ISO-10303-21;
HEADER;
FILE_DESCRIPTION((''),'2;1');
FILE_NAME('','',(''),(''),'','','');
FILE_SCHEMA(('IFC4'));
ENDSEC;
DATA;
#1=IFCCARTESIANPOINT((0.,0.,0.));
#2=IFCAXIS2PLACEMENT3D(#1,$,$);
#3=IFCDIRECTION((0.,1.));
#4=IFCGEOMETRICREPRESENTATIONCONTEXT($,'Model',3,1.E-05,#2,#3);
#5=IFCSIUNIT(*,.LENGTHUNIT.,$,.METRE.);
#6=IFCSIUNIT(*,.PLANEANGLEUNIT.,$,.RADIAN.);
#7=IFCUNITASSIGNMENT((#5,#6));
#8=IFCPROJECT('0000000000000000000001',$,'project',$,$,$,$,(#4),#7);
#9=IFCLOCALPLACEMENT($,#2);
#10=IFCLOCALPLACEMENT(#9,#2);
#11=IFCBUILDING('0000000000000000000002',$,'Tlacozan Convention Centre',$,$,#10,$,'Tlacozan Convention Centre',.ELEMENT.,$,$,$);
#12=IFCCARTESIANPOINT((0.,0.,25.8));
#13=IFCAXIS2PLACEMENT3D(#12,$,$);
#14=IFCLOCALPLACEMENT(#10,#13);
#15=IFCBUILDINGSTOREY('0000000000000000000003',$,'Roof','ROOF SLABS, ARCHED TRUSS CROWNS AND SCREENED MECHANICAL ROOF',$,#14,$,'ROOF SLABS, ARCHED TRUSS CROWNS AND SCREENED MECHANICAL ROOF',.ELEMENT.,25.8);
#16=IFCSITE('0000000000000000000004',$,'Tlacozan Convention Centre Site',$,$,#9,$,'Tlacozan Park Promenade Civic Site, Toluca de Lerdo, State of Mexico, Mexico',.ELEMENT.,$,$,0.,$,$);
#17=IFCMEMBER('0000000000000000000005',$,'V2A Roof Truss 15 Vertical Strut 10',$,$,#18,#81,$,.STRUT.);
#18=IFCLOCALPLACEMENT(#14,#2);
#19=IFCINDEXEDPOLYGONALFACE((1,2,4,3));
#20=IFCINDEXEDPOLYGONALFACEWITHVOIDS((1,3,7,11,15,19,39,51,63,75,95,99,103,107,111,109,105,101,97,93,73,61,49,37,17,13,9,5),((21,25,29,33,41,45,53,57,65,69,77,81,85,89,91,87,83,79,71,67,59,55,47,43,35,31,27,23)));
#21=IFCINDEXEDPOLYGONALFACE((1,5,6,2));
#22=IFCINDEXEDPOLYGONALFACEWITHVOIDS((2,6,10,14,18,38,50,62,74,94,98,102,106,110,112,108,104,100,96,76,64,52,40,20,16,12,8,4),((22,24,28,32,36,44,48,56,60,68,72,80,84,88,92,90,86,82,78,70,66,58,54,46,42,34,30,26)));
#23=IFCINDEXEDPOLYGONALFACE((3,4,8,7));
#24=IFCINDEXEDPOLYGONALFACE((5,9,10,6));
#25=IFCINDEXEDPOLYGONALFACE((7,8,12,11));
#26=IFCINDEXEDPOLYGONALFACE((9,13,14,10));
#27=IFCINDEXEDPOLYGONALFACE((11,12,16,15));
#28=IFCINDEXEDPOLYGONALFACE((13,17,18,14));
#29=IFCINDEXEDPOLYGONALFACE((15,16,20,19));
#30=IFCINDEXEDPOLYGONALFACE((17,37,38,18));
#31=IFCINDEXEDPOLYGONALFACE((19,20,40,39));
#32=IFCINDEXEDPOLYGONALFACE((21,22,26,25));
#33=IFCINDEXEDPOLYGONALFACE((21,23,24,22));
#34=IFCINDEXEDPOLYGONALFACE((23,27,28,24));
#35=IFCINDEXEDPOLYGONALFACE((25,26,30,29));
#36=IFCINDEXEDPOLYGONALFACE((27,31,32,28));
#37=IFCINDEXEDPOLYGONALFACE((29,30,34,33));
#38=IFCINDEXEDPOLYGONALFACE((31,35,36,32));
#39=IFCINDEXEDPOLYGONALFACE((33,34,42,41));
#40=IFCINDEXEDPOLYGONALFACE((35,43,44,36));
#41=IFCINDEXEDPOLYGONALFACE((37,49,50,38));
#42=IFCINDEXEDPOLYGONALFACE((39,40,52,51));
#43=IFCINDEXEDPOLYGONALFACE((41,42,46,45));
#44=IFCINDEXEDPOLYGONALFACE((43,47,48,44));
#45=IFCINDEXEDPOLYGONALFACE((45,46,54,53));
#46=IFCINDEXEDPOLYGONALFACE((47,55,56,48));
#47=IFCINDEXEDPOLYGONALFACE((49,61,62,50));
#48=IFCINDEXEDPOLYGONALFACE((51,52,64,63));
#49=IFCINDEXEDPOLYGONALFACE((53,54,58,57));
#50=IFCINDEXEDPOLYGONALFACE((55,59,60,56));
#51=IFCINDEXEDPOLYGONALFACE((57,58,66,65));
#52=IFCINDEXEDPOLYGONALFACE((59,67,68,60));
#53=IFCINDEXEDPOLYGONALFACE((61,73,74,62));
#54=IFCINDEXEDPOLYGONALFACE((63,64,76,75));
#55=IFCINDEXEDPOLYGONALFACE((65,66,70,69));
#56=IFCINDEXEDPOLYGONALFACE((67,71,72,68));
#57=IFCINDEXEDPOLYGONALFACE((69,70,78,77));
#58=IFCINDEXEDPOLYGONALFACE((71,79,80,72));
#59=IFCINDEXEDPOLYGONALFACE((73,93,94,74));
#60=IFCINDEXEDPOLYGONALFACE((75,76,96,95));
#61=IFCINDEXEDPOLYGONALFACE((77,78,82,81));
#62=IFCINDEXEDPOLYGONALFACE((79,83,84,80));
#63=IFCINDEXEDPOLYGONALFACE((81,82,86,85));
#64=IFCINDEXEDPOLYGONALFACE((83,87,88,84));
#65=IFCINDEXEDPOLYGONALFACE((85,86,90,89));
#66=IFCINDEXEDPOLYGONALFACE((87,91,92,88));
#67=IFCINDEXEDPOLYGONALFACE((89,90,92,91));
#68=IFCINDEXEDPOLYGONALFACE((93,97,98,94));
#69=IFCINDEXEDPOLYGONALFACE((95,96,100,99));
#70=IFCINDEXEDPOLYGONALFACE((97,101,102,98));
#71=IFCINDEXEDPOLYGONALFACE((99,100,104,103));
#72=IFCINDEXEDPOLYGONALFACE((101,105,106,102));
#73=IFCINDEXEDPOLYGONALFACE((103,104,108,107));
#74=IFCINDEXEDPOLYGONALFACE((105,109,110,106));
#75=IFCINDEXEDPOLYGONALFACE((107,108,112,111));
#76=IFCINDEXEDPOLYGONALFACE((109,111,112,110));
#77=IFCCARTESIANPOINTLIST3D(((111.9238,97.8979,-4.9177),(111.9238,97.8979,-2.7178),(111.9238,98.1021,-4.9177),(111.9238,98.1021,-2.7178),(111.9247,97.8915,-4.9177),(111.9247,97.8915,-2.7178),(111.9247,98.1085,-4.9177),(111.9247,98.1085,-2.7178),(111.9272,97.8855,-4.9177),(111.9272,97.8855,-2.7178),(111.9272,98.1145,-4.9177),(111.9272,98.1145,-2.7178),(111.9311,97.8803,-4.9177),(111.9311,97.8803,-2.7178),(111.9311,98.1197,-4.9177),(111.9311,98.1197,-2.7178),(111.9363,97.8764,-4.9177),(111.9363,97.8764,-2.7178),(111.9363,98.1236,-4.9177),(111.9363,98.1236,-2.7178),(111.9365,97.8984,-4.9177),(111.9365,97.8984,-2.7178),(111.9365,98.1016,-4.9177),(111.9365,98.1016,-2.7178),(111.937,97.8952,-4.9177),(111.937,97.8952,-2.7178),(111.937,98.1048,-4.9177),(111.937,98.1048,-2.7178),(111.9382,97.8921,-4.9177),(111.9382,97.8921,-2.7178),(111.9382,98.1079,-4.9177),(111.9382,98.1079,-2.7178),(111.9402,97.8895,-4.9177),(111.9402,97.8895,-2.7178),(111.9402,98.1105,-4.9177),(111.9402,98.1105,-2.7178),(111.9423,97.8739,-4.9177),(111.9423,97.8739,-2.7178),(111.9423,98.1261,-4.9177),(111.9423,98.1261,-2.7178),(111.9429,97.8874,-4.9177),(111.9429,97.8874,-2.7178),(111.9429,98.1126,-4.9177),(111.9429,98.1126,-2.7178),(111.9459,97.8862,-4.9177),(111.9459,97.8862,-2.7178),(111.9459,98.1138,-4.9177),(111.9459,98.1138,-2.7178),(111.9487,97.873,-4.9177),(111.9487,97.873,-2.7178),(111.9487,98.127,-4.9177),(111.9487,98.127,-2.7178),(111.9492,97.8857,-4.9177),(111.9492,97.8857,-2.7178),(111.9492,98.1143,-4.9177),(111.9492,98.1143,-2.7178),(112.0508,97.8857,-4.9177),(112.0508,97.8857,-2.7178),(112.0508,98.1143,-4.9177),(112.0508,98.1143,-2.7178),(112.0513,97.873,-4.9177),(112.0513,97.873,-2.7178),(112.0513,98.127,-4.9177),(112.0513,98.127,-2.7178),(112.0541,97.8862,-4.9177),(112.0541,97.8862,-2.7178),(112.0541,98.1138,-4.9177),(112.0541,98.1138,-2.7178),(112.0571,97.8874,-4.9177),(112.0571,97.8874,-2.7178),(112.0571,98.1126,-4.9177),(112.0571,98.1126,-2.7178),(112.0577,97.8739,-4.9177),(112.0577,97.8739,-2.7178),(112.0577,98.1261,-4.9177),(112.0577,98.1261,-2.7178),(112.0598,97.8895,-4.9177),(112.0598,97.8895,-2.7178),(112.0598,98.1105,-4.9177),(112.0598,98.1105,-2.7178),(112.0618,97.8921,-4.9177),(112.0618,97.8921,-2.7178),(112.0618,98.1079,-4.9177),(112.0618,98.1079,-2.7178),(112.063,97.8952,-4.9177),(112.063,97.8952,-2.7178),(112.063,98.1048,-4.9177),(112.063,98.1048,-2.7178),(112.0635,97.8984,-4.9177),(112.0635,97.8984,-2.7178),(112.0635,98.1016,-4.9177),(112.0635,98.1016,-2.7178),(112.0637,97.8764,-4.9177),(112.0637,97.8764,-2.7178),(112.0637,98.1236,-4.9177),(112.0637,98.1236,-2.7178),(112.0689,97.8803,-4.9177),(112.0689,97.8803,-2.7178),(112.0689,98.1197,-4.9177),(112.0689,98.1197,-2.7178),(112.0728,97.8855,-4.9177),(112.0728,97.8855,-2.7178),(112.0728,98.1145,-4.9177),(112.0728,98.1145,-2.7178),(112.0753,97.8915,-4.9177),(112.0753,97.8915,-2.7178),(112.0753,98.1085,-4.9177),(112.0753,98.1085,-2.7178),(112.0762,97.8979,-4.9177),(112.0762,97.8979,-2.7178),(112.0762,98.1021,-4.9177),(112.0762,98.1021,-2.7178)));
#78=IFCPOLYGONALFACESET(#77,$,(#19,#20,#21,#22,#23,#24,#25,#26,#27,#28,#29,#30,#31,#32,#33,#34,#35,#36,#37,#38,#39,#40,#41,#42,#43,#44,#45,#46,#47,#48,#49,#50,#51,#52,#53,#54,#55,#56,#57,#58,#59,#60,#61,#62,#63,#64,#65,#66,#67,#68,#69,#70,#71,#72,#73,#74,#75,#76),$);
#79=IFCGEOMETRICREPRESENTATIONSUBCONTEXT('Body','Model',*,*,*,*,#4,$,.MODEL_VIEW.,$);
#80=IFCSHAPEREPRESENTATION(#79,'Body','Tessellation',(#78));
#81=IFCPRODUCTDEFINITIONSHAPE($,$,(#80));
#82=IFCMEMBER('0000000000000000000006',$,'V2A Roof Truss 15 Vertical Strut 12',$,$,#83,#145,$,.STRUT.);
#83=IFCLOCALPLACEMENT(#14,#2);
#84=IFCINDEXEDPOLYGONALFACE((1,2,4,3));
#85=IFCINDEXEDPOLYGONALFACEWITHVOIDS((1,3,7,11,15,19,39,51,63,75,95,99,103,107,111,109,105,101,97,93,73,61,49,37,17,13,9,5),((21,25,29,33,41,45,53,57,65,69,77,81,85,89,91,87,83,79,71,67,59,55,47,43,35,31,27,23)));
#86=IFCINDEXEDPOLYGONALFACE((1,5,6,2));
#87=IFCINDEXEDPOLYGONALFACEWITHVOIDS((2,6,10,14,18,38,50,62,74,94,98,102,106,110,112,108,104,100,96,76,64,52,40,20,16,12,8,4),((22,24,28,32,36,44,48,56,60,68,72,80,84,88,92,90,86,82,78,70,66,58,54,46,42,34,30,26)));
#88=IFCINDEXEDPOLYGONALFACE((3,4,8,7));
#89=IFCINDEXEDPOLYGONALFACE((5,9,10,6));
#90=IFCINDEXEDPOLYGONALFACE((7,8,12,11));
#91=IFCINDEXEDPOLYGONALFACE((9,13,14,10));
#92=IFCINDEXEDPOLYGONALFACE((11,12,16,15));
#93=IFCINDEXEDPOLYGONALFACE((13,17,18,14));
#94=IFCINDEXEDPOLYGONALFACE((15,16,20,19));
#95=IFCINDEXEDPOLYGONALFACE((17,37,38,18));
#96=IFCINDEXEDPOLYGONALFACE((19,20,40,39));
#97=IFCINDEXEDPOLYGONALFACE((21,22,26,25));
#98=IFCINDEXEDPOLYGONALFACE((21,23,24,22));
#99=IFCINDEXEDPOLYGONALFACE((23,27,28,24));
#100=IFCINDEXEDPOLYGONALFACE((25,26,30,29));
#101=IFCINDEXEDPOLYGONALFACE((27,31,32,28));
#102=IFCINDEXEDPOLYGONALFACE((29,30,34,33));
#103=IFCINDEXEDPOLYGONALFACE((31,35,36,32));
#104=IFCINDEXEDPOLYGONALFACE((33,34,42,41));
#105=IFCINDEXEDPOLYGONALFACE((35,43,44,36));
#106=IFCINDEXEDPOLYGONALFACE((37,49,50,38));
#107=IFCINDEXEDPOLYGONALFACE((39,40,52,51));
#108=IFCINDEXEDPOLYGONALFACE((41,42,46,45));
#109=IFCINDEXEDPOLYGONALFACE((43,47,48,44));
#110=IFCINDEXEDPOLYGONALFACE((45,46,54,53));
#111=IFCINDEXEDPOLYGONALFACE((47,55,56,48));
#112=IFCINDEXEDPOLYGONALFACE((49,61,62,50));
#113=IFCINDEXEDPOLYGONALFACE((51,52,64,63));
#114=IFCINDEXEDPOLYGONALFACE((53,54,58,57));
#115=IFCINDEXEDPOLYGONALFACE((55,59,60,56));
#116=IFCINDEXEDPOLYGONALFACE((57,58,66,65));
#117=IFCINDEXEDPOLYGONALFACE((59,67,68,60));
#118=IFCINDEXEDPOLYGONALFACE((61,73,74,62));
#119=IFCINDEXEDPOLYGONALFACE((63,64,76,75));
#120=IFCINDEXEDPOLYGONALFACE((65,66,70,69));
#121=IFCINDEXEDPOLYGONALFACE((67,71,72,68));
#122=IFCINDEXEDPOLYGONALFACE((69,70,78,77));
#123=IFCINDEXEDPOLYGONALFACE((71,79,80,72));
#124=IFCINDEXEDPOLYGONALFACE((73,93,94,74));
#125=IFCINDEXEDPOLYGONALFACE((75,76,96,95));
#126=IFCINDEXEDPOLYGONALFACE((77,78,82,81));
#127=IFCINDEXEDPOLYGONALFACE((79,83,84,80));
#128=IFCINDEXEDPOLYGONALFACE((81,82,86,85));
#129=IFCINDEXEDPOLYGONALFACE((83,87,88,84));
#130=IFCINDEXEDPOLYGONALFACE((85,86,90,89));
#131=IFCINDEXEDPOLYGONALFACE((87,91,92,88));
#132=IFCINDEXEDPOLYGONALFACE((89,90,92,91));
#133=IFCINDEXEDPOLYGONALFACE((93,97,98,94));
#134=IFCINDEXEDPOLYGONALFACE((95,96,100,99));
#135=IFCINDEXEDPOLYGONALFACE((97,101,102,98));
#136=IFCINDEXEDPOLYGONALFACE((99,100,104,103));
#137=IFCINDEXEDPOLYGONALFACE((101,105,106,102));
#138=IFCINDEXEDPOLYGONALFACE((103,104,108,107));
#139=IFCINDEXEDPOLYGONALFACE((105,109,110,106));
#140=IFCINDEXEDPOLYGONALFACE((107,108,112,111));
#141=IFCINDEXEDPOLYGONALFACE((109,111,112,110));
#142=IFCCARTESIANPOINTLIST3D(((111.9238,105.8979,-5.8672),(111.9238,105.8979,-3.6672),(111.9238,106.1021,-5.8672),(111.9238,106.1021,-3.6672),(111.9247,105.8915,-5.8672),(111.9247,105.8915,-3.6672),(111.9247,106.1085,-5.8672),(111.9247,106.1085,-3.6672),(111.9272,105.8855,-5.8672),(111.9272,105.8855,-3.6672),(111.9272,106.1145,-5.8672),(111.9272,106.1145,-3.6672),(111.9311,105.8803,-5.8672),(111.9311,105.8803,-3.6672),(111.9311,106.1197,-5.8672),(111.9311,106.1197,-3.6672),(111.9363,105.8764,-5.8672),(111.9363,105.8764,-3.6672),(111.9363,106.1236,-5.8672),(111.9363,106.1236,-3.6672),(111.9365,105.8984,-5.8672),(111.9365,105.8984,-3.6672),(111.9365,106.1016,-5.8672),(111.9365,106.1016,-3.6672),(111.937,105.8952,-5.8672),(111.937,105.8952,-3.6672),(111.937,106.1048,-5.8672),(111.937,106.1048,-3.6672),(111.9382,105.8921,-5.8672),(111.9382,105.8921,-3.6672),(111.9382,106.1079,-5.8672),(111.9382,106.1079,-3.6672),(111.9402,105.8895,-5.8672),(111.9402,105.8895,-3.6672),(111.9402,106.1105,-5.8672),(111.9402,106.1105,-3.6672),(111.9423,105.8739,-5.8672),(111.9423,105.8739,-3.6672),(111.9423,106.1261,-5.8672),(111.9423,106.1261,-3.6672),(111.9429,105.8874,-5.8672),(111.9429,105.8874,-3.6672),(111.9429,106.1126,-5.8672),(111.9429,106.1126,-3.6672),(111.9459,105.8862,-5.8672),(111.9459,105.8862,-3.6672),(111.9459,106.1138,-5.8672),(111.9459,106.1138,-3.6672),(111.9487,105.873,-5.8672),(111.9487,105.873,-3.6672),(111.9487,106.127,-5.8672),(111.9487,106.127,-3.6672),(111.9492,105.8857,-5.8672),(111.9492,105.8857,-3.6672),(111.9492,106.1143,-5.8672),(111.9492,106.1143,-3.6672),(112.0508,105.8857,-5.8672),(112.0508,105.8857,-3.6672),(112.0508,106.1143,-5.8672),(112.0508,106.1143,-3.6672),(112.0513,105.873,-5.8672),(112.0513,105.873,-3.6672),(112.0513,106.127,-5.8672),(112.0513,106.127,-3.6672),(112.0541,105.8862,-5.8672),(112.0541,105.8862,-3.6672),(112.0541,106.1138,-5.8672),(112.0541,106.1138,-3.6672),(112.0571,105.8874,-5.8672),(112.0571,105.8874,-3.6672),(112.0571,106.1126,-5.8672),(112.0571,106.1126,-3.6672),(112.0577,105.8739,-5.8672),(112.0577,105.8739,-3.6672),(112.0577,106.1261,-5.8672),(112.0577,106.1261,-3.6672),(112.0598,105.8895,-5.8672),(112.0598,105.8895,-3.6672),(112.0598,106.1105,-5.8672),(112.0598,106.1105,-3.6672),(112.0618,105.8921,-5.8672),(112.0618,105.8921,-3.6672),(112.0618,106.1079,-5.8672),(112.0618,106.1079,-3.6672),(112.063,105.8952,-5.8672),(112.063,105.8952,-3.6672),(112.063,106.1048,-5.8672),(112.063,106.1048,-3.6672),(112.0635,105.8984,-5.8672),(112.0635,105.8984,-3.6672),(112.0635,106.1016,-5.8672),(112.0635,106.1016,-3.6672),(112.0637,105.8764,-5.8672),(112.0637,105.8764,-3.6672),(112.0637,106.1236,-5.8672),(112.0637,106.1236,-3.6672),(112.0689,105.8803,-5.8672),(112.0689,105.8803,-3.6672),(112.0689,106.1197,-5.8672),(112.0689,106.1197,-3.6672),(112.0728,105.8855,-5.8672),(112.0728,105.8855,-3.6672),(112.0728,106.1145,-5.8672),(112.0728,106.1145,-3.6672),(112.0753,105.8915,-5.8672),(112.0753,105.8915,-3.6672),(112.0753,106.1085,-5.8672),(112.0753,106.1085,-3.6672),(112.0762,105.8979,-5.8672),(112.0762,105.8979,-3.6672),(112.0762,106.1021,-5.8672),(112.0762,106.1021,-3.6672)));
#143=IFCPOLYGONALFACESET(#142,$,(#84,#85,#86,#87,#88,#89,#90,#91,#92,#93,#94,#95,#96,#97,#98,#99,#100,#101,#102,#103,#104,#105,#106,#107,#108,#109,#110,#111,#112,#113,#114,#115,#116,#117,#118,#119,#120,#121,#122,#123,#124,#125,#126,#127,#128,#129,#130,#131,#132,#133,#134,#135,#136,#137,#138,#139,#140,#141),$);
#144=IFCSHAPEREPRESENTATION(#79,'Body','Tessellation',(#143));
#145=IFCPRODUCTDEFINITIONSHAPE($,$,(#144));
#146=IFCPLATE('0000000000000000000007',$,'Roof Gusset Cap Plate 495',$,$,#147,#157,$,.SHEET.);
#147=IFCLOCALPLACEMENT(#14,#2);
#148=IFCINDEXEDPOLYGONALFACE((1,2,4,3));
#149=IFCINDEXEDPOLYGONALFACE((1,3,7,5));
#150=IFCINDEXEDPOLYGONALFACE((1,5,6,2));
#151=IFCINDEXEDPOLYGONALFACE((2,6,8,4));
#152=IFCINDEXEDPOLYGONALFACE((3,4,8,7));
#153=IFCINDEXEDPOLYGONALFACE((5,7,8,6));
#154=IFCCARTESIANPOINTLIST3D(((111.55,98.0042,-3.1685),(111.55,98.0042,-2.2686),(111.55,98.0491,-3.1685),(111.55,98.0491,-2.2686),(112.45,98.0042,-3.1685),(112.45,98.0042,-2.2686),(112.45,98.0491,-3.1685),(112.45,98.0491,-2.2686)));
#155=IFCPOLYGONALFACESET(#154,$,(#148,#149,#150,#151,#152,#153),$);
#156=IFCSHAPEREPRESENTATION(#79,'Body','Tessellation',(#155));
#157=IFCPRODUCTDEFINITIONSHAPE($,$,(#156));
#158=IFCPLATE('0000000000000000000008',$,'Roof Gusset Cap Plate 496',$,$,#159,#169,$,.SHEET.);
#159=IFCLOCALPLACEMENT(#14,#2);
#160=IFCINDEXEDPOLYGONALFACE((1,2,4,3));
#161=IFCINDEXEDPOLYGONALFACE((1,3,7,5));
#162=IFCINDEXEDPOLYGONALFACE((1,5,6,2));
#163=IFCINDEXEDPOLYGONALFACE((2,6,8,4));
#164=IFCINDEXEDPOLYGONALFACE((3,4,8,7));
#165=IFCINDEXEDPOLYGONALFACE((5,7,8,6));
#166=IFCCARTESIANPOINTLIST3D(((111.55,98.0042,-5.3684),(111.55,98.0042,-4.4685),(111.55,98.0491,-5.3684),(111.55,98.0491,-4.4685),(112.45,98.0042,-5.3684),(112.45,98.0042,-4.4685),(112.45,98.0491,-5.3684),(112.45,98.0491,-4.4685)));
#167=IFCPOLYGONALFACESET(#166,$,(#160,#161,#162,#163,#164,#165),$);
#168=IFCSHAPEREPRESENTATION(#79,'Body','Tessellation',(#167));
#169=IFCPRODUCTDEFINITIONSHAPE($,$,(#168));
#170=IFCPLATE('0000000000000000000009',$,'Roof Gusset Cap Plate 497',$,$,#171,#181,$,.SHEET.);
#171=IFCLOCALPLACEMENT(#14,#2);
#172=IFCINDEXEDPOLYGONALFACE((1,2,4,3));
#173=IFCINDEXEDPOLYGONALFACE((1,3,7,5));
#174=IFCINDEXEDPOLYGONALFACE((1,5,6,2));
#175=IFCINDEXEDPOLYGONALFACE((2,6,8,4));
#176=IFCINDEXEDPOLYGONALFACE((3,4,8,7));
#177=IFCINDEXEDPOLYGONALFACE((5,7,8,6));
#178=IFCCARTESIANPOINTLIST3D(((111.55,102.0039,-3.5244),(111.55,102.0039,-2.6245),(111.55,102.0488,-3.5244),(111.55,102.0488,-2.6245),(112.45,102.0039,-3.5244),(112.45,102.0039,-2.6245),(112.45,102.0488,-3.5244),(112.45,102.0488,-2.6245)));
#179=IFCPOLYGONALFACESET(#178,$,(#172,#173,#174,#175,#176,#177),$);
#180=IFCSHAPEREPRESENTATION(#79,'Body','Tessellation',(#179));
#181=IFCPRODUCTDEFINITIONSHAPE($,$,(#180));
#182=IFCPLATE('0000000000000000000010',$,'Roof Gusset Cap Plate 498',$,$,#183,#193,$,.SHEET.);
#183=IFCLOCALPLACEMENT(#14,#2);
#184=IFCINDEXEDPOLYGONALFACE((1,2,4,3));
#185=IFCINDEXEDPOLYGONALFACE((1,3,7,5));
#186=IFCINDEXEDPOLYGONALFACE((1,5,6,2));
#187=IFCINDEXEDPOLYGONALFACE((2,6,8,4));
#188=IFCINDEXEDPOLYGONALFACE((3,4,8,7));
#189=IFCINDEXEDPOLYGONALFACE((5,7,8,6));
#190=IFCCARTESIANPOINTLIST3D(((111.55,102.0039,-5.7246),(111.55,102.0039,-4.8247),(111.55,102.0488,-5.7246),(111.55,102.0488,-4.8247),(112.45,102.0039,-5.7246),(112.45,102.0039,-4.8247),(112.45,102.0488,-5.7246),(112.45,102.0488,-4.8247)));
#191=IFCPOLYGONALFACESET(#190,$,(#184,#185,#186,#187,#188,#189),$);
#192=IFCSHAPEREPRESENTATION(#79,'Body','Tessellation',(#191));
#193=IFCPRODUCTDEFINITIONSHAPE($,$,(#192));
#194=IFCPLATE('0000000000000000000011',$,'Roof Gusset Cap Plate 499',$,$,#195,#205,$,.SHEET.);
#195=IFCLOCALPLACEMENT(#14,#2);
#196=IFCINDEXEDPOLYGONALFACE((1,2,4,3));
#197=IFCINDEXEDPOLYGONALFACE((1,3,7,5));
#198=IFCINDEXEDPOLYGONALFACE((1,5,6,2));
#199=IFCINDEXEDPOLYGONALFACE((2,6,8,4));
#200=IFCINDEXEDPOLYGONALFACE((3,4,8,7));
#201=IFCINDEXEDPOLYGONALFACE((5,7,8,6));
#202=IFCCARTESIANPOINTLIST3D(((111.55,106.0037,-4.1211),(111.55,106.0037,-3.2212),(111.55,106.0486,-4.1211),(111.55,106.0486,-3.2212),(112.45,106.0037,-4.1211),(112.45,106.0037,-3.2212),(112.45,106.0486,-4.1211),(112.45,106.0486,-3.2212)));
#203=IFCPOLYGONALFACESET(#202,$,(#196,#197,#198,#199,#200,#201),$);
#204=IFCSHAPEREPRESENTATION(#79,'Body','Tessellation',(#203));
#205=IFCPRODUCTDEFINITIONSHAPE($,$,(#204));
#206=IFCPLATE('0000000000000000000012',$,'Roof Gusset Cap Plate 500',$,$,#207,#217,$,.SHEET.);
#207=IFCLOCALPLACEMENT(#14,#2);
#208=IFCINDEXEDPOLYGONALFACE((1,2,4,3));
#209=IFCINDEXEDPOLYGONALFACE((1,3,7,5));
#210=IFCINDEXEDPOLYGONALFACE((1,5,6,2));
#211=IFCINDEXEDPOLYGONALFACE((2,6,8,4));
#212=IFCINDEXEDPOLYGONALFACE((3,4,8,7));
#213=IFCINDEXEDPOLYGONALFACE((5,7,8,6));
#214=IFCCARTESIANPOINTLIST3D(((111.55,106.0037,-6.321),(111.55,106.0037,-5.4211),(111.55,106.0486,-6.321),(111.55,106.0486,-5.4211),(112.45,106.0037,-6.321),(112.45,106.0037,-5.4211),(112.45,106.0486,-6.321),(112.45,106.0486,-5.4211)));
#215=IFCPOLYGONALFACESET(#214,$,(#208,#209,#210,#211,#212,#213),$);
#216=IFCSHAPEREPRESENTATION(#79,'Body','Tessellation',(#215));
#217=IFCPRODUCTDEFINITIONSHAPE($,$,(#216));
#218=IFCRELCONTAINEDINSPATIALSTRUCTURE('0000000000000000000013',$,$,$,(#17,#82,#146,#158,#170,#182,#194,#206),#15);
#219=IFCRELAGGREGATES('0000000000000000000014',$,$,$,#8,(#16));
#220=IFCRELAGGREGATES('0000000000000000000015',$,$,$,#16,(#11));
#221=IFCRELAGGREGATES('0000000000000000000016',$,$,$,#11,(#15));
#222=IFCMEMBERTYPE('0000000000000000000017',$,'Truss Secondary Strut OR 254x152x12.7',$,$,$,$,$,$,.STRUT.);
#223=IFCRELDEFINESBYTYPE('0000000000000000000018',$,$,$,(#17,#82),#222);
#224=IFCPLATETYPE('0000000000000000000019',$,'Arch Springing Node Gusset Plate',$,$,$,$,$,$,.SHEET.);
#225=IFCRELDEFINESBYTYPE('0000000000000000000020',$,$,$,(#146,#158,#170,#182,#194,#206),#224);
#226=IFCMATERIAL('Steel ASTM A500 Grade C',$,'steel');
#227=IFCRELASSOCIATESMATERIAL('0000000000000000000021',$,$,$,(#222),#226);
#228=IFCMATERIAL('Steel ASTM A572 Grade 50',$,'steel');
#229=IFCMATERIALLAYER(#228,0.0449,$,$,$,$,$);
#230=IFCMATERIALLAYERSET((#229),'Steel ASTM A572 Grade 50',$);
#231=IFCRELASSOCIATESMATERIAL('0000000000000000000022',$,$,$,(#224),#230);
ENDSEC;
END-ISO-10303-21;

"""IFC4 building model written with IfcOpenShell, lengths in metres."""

from ifc_helpers import new_model, si_unit, direction, frame, origin, origin_2d, place, context, subcontext, project, spatial, rectangle, hollow_rectangle, extrude, material, layer, layer_set, material_profile, profile_set, type_object, element, save


model = new_model("IFC4")

# Units and contexts
model_context = context("Model", 3, precision=1e-05, world=origin(), true_north=direction((0.0, 1.0)))
body_context = subcontext(model_context, "Body", "Model", "MODEL_VIEW")
ifc_project = project(units=[si_unit("LENGTHUNIT", "METRE"), si_unit("PLANEANGLEUNIT", "RADIAN")], contexts=[model_context])

# Site, building, storey
site_placement = place(None, origin())
site = spatial("IfcSite", under=ifc_project, at=site_placement, Name="Tlacozan Convention Centre Site", LongName="Tlacozan Park Promenade Civic Site, Toluca de Lerdo, State of Mexico, Mexico", CompositionType="ELEMENT", RefElevation=0.0)
building_placement = place(site_placement, origin())
building = spatial("IfcBuilding", under=site, at=building_placement, Name="Tlacozan Convention Centre", LongName="Tlacozan Convention Centre", CompositionType="ELEMENT")
storey_placement = place(building_placement, frame((0.0, 0.0, 25.8)))
storey = spatial("IfcBuildingStorey", under=building, at=storey_placement, Name="Roof", Description="ROOF SLABS, ARCHED TRUSS CROWNS AND SCREENED MECHANICAL ROOF", LongName="ROOF SLABS, ARCHED TRUSS CROWNS AND SCREENED MECHANICAL ROOF", CompositionType="ELEMENT", Elevation=25.8)

# Members
ifc_material_1 = material(Name="Steel ASTM A500 Grade C", Category="steel")
ifc_material_profile_1 = material_profile(ifc_material_1, hollow_rectangle(XDim=0.1523, YDim=0.2539, WallThickness=0.0127, InnerFilletRadius=0.0127, OuterFilletRadius=0.0249, at=origin_2d()), Name="OR 254x152x12.7")
ifc_profile_set_1 = profile_set([ifc_material_profile_1], Name="Steel ASTM A500 Grade C")
member_type_1 = type_object("IfcMemberType", Name="Truss Secondary Strut OR 254x152x12.7", PredefinedType="STRUT", material=ifc_profile_set_1)
for number, where, z_axis, x_axis, name in (
    (1, (112.0, 98.0, -4.9177), (0.0, 0.0, 1.0), (1.0, 0.0, 0.0), "V2A Roof Truss 15 Vertical Strut 10"),
    (2, (112.0, 106.0, -5.8672), (0.0, 0.0, 1.0), (1.0, 0.0, 0.0), "V2A Roof Truss 15 Vertical Strut 12"),
):
    element("IfcMember", number, at=place(storey_placement, frame(where, z_axis=z_axis, x_axis=x_axis)), inside=storey, type_object=member_type_1, Name=name, PredefinedType="STRUT", context=body_context, shape_type="SweptSolid", body=[
        extrude(hollow_rectangle(XDim=0.1523, YDim=0.2539, WallThickness=0.0127, InnerFilletRadius=0.0127, OuterFilletRadius=0.0249, at=origin_2d()), origin(), (0.0, 0.0, 1.0), 2.2),
    ])

# Plates
ifc_material_2 = material(Name="Steel ASTM A572 Grade 50", Category="steel")
ifc_layer = layer(ifc_material_2, 0.0449)
ifc_layer_set = layer_set([ifc_layer], Name="Steel ASTM A572 Grade 50")
plate_type = type_object("IfcPlateType", Name="Arch Springing Node Gusset Plate", PredefinedType="SHEET", material=ifc_layer_set)
for number, where, z_axis, x_axis, name in (
    (3, (112.0, 98.0266, -3.1685), (0.0, 0.0, 1.0), (0.0, 1.0, 0.0), "Roof Gusset Cap Plate 495"),
    (4, (112.0, 98.0266, -5.3684), (0.0, 0.0, 1.0), (0.0, 1.0, 0.0), "Roof Gusset Cap Plate 496"),
    (5, (112.0, 102.0264, -3.5244), (0.0, 0.0, 1.0), (0.0, 1.0, 0.0), "Roof Gusset Cap Plate 497"),
    (6, (112.0, 102.0264, -5.7246), (0.0, 0.0, 1.0), (0.0, 1.0, 0.0), "Roof Gusset Cap Plate 498"),
    (7, (112.0, 106.0261, -4.1211), (0.0, 0.0, 1.0), (0.0, 1.0, 0.0), "Roof Gusset Cap Plate 499"),
    (8, (112.0, 106.0261, -6.321), (0.0, 0.0, 1.0), (0.0, 1.0, 0.0), "Roof Gusset Cap Plate 500"),
):
    element("IfcPlate", number, at=place(storey_placement, frame(where, z_axis=z_axis, x_axis=x_axis)), inside=storey, type_object=plate_type, Name=name, PredefinedType="SHEET", context=body_context, shape_type="SweptSolid", body=[
        extrude(rectangle(XDim=0.0449, YDim=0.8999, at=origin_2d()), origin(), (0.0, 0.0, 1.0), 0.8999),
    ])

save(model, "model.ifc")
